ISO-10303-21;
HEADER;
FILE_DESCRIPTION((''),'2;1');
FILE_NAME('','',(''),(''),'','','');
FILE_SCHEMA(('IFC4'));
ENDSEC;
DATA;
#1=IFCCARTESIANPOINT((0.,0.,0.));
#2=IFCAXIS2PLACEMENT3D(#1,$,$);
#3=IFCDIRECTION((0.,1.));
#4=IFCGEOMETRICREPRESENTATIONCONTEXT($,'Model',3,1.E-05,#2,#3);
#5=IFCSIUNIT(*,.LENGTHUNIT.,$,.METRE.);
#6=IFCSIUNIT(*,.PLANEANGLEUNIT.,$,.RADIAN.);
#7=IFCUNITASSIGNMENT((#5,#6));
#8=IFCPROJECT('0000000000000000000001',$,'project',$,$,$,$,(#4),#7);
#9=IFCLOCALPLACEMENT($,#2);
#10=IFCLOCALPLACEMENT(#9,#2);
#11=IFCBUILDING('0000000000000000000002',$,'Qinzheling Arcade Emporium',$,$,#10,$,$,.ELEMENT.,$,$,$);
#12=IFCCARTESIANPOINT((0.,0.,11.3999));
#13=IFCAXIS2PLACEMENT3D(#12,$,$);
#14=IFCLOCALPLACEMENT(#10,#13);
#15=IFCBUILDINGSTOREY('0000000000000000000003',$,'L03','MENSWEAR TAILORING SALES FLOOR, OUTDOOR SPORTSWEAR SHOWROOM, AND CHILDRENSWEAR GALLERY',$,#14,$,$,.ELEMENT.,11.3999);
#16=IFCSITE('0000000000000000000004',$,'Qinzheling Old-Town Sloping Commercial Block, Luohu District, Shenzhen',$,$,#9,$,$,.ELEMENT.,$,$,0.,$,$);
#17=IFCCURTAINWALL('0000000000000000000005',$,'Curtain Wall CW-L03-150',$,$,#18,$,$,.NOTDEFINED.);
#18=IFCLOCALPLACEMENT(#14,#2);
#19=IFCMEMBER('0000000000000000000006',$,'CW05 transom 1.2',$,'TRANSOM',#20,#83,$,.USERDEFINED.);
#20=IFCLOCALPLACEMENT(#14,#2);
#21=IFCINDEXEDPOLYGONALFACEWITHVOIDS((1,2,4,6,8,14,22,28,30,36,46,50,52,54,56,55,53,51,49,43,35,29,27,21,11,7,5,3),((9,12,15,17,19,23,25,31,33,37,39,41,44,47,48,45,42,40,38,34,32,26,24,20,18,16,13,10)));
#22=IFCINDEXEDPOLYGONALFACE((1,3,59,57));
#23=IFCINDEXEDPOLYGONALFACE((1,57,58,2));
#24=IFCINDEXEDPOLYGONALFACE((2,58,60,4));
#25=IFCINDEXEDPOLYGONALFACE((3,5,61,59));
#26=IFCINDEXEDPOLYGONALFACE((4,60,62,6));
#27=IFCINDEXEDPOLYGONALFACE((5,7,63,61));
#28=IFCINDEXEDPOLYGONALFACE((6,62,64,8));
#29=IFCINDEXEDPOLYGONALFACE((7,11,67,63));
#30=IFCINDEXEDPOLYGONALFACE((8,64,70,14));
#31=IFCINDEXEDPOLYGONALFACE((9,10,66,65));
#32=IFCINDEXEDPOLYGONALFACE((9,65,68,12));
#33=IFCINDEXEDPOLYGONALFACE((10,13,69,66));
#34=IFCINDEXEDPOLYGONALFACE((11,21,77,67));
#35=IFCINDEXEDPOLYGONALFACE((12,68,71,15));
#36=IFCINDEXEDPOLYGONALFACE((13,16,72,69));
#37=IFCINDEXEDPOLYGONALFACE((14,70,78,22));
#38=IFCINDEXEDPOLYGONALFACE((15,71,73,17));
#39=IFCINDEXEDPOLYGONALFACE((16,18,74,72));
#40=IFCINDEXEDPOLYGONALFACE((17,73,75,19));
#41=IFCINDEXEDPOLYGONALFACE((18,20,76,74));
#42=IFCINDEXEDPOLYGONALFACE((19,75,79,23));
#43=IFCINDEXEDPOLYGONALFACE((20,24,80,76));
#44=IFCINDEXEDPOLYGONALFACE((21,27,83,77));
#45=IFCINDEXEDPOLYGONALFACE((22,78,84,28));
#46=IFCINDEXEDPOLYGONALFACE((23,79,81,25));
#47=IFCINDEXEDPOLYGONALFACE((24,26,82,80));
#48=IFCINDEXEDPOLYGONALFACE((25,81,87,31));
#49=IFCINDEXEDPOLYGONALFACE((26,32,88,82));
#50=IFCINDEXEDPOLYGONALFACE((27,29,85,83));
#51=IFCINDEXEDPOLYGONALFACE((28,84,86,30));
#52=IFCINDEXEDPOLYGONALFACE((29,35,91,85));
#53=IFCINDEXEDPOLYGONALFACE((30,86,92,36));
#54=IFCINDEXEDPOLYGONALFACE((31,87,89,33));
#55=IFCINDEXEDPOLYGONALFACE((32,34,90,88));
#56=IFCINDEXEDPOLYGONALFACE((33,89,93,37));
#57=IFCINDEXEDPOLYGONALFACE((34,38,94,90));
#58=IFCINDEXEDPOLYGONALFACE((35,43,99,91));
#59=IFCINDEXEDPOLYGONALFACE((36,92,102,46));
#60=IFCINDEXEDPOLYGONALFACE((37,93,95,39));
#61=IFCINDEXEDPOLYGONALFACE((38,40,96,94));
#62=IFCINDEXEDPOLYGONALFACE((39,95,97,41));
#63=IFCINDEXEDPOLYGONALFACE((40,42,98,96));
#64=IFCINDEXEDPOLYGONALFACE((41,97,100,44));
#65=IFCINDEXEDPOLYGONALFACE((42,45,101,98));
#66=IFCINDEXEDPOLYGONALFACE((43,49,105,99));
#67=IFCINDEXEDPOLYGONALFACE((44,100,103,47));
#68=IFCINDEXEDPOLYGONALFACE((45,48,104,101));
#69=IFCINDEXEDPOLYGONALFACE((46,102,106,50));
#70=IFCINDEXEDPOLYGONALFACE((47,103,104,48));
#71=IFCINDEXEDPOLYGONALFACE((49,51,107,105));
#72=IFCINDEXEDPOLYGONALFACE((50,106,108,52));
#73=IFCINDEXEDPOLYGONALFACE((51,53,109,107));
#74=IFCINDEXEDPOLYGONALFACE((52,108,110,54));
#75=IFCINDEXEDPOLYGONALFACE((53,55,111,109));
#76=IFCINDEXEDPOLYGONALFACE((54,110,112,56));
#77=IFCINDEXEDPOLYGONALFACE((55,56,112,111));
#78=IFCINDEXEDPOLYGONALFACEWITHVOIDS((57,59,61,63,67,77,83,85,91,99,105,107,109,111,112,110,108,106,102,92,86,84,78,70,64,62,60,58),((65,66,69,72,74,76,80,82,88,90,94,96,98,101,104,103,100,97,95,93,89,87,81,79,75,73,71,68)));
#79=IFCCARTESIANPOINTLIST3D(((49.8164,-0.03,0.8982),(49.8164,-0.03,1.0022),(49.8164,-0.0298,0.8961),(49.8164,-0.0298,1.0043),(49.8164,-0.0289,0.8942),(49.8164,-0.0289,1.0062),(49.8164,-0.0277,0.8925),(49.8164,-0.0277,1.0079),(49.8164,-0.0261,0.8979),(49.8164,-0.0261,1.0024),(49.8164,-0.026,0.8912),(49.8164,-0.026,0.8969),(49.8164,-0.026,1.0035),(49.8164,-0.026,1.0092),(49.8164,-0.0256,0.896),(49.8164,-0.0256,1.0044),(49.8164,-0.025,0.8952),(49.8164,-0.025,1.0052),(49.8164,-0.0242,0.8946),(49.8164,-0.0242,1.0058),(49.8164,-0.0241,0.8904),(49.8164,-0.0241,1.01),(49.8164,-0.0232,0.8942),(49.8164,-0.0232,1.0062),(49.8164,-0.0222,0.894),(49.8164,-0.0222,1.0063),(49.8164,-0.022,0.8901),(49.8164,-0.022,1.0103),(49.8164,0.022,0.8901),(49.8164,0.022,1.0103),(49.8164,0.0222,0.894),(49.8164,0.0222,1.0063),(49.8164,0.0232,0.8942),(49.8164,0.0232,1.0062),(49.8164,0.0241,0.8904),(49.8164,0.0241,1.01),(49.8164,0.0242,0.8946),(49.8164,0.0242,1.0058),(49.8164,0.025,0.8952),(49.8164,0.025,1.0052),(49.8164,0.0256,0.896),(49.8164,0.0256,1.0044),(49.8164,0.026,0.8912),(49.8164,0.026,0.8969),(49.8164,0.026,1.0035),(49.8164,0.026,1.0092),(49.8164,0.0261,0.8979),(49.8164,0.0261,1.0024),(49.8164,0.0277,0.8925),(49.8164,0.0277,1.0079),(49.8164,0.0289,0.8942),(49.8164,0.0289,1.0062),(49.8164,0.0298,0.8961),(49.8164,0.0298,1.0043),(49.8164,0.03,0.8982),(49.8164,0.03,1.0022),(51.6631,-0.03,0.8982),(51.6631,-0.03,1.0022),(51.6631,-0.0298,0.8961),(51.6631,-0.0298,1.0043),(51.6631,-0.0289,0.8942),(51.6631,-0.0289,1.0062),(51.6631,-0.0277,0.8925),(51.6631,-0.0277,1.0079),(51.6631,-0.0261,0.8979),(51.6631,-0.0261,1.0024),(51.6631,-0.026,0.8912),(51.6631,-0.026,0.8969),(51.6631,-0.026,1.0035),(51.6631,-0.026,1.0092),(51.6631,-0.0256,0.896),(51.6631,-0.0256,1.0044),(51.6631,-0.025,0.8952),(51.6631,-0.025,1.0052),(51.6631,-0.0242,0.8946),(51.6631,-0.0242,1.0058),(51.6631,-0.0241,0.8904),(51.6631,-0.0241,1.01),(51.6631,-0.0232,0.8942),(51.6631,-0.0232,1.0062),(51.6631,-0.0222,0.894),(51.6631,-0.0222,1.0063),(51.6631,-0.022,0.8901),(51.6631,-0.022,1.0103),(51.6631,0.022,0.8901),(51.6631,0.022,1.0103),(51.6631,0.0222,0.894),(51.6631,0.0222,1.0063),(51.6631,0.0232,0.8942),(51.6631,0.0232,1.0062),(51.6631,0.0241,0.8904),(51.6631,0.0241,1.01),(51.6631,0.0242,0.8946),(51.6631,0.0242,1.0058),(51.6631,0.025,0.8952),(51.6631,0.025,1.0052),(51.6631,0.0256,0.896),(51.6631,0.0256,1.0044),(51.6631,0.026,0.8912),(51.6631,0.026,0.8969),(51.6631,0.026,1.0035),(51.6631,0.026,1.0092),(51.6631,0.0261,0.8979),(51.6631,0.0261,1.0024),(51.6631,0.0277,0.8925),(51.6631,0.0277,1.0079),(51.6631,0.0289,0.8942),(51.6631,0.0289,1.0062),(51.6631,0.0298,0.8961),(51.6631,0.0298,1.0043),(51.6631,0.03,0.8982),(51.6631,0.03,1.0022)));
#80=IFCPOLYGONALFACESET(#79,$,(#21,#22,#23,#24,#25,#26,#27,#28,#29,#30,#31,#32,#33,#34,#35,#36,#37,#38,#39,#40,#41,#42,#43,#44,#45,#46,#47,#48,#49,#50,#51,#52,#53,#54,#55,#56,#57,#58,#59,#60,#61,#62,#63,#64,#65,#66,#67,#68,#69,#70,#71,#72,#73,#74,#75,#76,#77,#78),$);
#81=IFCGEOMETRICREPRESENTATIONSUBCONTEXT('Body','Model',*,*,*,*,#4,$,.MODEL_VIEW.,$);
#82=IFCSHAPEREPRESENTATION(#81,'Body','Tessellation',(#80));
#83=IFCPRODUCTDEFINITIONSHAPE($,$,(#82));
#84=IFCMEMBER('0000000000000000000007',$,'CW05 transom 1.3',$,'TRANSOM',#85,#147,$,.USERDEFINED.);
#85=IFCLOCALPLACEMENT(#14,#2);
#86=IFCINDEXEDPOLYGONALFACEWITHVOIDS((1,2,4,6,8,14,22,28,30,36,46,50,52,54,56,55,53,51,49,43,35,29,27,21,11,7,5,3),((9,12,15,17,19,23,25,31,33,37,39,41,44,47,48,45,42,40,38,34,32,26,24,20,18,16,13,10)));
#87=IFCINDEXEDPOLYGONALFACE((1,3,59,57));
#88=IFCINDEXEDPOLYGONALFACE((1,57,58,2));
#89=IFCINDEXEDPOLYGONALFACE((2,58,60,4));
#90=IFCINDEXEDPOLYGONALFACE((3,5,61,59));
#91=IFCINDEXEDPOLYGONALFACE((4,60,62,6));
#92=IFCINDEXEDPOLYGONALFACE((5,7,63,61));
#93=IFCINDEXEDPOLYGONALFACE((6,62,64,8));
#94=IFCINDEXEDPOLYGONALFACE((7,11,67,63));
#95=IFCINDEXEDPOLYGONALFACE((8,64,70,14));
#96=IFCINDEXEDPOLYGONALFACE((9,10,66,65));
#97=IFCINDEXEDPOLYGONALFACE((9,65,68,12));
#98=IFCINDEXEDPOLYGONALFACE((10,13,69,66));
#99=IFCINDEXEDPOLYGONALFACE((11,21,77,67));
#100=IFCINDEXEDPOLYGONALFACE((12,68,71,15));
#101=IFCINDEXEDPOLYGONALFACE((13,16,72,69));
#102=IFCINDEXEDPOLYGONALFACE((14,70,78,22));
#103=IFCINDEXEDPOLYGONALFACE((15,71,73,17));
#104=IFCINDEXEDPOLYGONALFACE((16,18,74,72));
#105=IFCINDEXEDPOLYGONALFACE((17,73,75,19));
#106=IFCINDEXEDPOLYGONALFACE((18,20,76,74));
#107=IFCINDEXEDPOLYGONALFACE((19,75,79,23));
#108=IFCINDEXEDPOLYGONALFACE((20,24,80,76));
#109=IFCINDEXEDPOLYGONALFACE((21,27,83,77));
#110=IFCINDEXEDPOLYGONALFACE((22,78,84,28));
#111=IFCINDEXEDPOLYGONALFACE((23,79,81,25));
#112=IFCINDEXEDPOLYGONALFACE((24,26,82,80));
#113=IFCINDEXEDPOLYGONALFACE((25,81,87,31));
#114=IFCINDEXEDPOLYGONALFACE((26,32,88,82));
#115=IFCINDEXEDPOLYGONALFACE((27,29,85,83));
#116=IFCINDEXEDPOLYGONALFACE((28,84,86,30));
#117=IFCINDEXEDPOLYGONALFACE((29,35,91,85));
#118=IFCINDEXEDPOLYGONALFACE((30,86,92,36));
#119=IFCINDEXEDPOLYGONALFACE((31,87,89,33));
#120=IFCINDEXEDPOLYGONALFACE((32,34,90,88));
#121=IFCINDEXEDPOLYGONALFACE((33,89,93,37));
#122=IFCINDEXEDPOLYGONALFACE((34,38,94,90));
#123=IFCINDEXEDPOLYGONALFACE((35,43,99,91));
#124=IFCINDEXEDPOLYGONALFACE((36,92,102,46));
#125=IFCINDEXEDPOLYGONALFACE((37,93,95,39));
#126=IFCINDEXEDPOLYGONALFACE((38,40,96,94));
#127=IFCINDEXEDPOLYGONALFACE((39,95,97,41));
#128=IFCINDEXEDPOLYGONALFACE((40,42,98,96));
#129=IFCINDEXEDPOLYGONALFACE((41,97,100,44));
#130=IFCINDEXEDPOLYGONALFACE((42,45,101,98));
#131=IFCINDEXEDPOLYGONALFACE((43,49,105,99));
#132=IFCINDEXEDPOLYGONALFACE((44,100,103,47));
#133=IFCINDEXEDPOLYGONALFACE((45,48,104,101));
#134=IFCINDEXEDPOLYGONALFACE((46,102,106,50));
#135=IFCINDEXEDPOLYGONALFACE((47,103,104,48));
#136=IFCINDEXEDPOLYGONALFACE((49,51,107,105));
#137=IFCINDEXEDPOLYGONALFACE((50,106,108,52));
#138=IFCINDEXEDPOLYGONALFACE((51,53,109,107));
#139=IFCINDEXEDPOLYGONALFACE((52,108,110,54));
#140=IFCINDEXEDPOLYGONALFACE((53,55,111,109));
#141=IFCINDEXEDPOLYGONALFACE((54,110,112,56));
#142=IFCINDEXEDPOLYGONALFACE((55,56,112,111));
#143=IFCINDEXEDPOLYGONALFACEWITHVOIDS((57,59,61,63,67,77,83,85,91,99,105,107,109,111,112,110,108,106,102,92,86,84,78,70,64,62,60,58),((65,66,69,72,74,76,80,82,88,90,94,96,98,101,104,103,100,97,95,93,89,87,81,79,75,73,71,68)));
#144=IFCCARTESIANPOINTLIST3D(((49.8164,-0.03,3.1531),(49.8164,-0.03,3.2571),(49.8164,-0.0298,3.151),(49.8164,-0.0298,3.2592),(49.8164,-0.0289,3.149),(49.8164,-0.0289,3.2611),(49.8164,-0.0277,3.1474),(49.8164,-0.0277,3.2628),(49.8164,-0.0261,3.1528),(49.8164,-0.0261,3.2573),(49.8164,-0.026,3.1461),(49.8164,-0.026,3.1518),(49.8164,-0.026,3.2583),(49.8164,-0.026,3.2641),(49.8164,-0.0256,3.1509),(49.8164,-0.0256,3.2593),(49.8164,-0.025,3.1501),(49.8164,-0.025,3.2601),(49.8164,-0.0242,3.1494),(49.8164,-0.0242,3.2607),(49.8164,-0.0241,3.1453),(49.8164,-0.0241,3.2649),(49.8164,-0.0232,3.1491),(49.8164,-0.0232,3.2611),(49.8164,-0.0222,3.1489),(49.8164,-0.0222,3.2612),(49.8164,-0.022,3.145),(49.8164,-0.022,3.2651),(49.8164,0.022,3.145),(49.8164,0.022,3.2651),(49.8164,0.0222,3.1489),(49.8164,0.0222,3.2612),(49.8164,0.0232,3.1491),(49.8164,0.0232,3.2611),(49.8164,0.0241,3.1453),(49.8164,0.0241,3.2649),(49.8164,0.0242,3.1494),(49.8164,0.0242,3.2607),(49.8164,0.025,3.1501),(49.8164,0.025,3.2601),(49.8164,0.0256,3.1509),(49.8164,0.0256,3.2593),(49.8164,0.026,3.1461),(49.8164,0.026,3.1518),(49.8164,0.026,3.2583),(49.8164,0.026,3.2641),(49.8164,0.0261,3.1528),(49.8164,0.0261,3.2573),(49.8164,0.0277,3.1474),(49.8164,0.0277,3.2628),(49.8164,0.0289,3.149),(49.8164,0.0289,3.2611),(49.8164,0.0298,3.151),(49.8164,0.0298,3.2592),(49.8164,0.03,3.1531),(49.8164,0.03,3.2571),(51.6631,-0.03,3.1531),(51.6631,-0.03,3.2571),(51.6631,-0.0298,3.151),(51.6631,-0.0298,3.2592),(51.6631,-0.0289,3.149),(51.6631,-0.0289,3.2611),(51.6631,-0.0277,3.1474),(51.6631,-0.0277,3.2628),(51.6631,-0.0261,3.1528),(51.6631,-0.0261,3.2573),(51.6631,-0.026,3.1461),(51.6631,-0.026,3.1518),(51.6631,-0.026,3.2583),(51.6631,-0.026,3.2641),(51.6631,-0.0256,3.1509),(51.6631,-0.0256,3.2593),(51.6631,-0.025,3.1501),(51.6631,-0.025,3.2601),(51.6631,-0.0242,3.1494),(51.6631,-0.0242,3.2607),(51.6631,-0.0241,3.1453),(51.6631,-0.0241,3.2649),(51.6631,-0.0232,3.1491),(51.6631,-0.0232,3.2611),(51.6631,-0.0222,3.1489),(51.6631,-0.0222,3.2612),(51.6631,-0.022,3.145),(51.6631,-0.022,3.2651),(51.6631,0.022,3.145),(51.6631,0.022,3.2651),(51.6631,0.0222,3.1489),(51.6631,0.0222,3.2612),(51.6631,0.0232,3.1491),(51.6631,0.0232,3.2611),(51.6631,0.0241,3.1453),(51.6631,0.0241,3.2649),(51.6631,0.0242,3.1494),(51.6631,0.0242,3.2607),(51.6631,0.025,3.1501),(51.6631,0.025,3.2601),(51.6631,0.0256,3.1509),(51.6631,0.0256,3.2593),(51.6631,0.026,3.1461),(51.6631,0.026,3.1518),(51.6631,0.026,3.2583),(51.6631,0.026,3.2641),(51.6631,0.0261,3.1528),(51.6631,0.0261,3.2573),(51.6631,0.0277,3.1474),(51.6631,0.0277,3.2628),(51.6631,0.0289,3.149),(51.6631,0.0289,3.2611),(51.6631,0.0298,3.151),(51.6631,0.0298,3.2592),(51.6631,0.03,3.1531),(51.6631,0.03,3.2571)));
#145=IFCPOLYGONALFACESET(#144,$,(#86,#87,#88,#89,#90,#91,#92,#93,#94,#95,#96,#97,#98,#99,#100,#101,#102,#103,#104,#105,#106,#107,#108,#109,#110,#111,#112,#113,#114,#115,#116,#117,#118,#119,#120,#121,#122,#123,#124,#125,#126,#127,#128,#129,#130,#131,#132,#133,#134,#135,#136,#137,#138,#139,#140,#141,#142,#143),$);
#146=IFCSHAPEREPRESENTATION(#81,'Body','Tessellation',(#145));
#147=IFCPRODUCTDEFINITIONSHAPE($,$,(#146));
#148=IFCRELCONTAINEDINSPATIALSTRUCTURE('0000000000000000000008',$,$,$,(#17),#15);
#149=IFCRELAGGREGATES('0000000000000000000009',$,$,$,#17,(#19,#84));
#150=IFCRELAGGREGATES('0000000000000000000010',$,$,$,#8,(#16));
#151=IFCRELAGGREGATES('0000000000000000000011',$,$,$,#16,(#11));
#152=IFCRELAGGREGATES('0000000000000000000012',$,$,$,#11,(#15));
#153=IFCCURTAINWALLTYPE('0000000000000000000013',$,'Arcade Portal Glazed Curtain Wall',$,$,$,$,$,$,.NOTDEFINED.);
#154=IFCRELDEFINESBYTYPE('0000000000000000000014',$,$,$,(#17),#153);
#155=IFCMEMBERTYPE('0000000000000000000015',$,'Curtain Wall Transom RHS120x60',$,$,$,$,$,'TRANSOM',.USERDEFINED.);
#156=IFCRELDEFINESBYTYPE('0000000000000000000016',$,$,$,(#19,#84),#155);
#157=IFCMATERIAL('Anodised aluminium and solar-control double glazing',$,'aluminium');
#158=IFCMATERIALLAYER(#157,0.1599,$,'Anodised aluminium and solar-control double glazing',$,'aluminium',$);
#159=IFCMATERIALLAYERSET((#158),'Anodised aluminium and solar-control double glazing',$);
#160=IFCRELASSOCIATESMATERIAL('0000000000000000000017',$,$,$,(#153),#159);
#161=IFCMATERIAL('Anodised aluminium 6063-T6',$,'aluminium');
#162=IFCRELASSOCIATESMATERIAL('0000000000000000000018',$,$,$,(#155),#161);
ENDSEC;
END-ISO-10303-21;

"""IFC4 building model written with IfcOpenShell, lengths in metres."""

from ifc_helpers import new_model, si_unit, direction, frame, origin, origin_2d, place, context, subcontext, project, spatial, hollow_rectangle, extrude, material, layer, layer_set, material_profile, profile_set, type_object, element, aggregate, save


model = new_model("IFC4")

# Units and contexts
model_context = context("Model", 3, precision=1e-05, world=origin(), true_north=direction((0.0, 1.0)))
body_context = subcontext(model_context, "Body", "Model", "MODEL_VIEW")
ifc_project = project(units=[si_unit("LENGTHUNIT", "METRE"), si_unit("PLANEANGLEUNIT", "RADIAN")], contexts=[model_context])

# Site, building, storey
site_placement = place(None, origin())
site = spatial("IfcSite", under=ifc_project, at=site_placement, Name="Qinzheling Old-Town Sloping Commercial Block, Luohu District, Shenzhen", CompositionType="ELEMENT", RefElevation=0.0)
building_placement = place(site_placement, origin())
building = spatial("IfcBuilding", under=site, at=building_placement, Name="Qinzheling Arcade Emporium", CompositionType="ELEMENT")
storey_placement = place(building_placement, frame((0.0, 0.0, 11.3999)))
storey = spatial("IfcBuildingStorey", under=building, at=storey_placement, Name="L03", Description="MENSWEAR TAILORING SALES FLOOR, OUTDOOR SPORTSWEAR SHOWROOM, AND CHILDRENSWEAR GALLERY", CompositionType="ELEMENT", Elevation=11.3999)

# Curtain wall, members
ifc_material_1 = material(Name="Anodised aluminium and solar-control double glazing", Category="aluminium")
ifc_layer_1 = layer(ifc_material_1, 0.1599, Name="Anodised aluminium and solar-control double glazing", Category="aluminium")
ifc_layer_set_1 = layer_set([ifc_layer_1], Name="Anodised aluminium and solar-control double glazing")
curtain_wall_type = type_object("IfcCurtainWallType", Name="Arcade Portal Glazed Curtain Wall", PredefinedType="NOTDEFINED", material=ifc_layer_set_1)
curtain_wall_placement = place(storey_placement, origin())
curtain_wall = element("IfcCurtainWall", 1, at=curtain_wall_placement, inside=storey, type_object=curtain_wall_type, Name="Curtain Wall CW-L03-150", PredefinedType="NOTDEFINED")
ifc_material_2 = material(Name="Anodised aluminium 6063-T6", Category="aluminium")
ifc_material_profile_1 = material_profile(ifc_material_2, hollow_rectangle(XDim=0.0601, YDim=0.1201, WallThickness=0.0039, InnerFilletRadius=0.0039, OuterFilletRadius=0.0081, at=origin_2d()), Name="RHS 120x60x4", Category="aluminium")
ifc_profile_set_1 = profile_set([ifc_material_profile_1], Name="Anodised aluminium 6063-T6")
member_type_1 = type_object("IfcMemberType", Name="Curtain Wall Transom RHS120x60", ElementType="TRANSOM", PredefinedType="USERDEFINED", material=ifc_profile_set_1)
member_1_placement = place(storey_placement, frame((51.6631, 0.0, 0.9502), z_axis=(-1.0, 0.0, 0.0), x_axis=(0.0, -1.0, 0.0)))
member_1 = element("IfcMember", 2, at=member_1_placement, type_object=member_type_1, Name="CW05 transom 1.2", ObjectType="TRANSOM", PredefinedType="USERDEFINED", context=body_context, shape_type="SweptSolid", body=[
    extrude(hollow_rectangle(XDim=0.0601, YDim=0.1201, WallThickness=0.0039, InnerFilletRadius=0.0039, OuterFilletRadius=0.0081, at=origin_2d()), origin(), (0.0, 0.0, 1.0), 1.8467),
])
member_2_placement = place(storey_placement, frame((51.6631, 0.0, 3.2051), z_axis=(-1.0, 0.0, 0.0), x_axis=(0.0, -1.0, 0.0)))
member_2 = element("IfcMember", 3, at=member_2_placement, type_object=member_type_1, Name="CW05 transom 1.3", ObjectType="TRANSOM", PredefinedType="USERDEFINED", context=body_context, shape_type="SweptSolid", body=[
    extrude(hollow_rectangle(XDim=0.0601, YDim=0.1201, WallThickness=0.0039, InnerFilletRadius=0.0039, OuterFilletRadius=0.0081, at=origin_2d()), origin(), (0.0, 0.0, 1.0), 1.8467),
])

aggregate(curtain_wall, [member_1, member_2])

save(model, "model.ifc")
